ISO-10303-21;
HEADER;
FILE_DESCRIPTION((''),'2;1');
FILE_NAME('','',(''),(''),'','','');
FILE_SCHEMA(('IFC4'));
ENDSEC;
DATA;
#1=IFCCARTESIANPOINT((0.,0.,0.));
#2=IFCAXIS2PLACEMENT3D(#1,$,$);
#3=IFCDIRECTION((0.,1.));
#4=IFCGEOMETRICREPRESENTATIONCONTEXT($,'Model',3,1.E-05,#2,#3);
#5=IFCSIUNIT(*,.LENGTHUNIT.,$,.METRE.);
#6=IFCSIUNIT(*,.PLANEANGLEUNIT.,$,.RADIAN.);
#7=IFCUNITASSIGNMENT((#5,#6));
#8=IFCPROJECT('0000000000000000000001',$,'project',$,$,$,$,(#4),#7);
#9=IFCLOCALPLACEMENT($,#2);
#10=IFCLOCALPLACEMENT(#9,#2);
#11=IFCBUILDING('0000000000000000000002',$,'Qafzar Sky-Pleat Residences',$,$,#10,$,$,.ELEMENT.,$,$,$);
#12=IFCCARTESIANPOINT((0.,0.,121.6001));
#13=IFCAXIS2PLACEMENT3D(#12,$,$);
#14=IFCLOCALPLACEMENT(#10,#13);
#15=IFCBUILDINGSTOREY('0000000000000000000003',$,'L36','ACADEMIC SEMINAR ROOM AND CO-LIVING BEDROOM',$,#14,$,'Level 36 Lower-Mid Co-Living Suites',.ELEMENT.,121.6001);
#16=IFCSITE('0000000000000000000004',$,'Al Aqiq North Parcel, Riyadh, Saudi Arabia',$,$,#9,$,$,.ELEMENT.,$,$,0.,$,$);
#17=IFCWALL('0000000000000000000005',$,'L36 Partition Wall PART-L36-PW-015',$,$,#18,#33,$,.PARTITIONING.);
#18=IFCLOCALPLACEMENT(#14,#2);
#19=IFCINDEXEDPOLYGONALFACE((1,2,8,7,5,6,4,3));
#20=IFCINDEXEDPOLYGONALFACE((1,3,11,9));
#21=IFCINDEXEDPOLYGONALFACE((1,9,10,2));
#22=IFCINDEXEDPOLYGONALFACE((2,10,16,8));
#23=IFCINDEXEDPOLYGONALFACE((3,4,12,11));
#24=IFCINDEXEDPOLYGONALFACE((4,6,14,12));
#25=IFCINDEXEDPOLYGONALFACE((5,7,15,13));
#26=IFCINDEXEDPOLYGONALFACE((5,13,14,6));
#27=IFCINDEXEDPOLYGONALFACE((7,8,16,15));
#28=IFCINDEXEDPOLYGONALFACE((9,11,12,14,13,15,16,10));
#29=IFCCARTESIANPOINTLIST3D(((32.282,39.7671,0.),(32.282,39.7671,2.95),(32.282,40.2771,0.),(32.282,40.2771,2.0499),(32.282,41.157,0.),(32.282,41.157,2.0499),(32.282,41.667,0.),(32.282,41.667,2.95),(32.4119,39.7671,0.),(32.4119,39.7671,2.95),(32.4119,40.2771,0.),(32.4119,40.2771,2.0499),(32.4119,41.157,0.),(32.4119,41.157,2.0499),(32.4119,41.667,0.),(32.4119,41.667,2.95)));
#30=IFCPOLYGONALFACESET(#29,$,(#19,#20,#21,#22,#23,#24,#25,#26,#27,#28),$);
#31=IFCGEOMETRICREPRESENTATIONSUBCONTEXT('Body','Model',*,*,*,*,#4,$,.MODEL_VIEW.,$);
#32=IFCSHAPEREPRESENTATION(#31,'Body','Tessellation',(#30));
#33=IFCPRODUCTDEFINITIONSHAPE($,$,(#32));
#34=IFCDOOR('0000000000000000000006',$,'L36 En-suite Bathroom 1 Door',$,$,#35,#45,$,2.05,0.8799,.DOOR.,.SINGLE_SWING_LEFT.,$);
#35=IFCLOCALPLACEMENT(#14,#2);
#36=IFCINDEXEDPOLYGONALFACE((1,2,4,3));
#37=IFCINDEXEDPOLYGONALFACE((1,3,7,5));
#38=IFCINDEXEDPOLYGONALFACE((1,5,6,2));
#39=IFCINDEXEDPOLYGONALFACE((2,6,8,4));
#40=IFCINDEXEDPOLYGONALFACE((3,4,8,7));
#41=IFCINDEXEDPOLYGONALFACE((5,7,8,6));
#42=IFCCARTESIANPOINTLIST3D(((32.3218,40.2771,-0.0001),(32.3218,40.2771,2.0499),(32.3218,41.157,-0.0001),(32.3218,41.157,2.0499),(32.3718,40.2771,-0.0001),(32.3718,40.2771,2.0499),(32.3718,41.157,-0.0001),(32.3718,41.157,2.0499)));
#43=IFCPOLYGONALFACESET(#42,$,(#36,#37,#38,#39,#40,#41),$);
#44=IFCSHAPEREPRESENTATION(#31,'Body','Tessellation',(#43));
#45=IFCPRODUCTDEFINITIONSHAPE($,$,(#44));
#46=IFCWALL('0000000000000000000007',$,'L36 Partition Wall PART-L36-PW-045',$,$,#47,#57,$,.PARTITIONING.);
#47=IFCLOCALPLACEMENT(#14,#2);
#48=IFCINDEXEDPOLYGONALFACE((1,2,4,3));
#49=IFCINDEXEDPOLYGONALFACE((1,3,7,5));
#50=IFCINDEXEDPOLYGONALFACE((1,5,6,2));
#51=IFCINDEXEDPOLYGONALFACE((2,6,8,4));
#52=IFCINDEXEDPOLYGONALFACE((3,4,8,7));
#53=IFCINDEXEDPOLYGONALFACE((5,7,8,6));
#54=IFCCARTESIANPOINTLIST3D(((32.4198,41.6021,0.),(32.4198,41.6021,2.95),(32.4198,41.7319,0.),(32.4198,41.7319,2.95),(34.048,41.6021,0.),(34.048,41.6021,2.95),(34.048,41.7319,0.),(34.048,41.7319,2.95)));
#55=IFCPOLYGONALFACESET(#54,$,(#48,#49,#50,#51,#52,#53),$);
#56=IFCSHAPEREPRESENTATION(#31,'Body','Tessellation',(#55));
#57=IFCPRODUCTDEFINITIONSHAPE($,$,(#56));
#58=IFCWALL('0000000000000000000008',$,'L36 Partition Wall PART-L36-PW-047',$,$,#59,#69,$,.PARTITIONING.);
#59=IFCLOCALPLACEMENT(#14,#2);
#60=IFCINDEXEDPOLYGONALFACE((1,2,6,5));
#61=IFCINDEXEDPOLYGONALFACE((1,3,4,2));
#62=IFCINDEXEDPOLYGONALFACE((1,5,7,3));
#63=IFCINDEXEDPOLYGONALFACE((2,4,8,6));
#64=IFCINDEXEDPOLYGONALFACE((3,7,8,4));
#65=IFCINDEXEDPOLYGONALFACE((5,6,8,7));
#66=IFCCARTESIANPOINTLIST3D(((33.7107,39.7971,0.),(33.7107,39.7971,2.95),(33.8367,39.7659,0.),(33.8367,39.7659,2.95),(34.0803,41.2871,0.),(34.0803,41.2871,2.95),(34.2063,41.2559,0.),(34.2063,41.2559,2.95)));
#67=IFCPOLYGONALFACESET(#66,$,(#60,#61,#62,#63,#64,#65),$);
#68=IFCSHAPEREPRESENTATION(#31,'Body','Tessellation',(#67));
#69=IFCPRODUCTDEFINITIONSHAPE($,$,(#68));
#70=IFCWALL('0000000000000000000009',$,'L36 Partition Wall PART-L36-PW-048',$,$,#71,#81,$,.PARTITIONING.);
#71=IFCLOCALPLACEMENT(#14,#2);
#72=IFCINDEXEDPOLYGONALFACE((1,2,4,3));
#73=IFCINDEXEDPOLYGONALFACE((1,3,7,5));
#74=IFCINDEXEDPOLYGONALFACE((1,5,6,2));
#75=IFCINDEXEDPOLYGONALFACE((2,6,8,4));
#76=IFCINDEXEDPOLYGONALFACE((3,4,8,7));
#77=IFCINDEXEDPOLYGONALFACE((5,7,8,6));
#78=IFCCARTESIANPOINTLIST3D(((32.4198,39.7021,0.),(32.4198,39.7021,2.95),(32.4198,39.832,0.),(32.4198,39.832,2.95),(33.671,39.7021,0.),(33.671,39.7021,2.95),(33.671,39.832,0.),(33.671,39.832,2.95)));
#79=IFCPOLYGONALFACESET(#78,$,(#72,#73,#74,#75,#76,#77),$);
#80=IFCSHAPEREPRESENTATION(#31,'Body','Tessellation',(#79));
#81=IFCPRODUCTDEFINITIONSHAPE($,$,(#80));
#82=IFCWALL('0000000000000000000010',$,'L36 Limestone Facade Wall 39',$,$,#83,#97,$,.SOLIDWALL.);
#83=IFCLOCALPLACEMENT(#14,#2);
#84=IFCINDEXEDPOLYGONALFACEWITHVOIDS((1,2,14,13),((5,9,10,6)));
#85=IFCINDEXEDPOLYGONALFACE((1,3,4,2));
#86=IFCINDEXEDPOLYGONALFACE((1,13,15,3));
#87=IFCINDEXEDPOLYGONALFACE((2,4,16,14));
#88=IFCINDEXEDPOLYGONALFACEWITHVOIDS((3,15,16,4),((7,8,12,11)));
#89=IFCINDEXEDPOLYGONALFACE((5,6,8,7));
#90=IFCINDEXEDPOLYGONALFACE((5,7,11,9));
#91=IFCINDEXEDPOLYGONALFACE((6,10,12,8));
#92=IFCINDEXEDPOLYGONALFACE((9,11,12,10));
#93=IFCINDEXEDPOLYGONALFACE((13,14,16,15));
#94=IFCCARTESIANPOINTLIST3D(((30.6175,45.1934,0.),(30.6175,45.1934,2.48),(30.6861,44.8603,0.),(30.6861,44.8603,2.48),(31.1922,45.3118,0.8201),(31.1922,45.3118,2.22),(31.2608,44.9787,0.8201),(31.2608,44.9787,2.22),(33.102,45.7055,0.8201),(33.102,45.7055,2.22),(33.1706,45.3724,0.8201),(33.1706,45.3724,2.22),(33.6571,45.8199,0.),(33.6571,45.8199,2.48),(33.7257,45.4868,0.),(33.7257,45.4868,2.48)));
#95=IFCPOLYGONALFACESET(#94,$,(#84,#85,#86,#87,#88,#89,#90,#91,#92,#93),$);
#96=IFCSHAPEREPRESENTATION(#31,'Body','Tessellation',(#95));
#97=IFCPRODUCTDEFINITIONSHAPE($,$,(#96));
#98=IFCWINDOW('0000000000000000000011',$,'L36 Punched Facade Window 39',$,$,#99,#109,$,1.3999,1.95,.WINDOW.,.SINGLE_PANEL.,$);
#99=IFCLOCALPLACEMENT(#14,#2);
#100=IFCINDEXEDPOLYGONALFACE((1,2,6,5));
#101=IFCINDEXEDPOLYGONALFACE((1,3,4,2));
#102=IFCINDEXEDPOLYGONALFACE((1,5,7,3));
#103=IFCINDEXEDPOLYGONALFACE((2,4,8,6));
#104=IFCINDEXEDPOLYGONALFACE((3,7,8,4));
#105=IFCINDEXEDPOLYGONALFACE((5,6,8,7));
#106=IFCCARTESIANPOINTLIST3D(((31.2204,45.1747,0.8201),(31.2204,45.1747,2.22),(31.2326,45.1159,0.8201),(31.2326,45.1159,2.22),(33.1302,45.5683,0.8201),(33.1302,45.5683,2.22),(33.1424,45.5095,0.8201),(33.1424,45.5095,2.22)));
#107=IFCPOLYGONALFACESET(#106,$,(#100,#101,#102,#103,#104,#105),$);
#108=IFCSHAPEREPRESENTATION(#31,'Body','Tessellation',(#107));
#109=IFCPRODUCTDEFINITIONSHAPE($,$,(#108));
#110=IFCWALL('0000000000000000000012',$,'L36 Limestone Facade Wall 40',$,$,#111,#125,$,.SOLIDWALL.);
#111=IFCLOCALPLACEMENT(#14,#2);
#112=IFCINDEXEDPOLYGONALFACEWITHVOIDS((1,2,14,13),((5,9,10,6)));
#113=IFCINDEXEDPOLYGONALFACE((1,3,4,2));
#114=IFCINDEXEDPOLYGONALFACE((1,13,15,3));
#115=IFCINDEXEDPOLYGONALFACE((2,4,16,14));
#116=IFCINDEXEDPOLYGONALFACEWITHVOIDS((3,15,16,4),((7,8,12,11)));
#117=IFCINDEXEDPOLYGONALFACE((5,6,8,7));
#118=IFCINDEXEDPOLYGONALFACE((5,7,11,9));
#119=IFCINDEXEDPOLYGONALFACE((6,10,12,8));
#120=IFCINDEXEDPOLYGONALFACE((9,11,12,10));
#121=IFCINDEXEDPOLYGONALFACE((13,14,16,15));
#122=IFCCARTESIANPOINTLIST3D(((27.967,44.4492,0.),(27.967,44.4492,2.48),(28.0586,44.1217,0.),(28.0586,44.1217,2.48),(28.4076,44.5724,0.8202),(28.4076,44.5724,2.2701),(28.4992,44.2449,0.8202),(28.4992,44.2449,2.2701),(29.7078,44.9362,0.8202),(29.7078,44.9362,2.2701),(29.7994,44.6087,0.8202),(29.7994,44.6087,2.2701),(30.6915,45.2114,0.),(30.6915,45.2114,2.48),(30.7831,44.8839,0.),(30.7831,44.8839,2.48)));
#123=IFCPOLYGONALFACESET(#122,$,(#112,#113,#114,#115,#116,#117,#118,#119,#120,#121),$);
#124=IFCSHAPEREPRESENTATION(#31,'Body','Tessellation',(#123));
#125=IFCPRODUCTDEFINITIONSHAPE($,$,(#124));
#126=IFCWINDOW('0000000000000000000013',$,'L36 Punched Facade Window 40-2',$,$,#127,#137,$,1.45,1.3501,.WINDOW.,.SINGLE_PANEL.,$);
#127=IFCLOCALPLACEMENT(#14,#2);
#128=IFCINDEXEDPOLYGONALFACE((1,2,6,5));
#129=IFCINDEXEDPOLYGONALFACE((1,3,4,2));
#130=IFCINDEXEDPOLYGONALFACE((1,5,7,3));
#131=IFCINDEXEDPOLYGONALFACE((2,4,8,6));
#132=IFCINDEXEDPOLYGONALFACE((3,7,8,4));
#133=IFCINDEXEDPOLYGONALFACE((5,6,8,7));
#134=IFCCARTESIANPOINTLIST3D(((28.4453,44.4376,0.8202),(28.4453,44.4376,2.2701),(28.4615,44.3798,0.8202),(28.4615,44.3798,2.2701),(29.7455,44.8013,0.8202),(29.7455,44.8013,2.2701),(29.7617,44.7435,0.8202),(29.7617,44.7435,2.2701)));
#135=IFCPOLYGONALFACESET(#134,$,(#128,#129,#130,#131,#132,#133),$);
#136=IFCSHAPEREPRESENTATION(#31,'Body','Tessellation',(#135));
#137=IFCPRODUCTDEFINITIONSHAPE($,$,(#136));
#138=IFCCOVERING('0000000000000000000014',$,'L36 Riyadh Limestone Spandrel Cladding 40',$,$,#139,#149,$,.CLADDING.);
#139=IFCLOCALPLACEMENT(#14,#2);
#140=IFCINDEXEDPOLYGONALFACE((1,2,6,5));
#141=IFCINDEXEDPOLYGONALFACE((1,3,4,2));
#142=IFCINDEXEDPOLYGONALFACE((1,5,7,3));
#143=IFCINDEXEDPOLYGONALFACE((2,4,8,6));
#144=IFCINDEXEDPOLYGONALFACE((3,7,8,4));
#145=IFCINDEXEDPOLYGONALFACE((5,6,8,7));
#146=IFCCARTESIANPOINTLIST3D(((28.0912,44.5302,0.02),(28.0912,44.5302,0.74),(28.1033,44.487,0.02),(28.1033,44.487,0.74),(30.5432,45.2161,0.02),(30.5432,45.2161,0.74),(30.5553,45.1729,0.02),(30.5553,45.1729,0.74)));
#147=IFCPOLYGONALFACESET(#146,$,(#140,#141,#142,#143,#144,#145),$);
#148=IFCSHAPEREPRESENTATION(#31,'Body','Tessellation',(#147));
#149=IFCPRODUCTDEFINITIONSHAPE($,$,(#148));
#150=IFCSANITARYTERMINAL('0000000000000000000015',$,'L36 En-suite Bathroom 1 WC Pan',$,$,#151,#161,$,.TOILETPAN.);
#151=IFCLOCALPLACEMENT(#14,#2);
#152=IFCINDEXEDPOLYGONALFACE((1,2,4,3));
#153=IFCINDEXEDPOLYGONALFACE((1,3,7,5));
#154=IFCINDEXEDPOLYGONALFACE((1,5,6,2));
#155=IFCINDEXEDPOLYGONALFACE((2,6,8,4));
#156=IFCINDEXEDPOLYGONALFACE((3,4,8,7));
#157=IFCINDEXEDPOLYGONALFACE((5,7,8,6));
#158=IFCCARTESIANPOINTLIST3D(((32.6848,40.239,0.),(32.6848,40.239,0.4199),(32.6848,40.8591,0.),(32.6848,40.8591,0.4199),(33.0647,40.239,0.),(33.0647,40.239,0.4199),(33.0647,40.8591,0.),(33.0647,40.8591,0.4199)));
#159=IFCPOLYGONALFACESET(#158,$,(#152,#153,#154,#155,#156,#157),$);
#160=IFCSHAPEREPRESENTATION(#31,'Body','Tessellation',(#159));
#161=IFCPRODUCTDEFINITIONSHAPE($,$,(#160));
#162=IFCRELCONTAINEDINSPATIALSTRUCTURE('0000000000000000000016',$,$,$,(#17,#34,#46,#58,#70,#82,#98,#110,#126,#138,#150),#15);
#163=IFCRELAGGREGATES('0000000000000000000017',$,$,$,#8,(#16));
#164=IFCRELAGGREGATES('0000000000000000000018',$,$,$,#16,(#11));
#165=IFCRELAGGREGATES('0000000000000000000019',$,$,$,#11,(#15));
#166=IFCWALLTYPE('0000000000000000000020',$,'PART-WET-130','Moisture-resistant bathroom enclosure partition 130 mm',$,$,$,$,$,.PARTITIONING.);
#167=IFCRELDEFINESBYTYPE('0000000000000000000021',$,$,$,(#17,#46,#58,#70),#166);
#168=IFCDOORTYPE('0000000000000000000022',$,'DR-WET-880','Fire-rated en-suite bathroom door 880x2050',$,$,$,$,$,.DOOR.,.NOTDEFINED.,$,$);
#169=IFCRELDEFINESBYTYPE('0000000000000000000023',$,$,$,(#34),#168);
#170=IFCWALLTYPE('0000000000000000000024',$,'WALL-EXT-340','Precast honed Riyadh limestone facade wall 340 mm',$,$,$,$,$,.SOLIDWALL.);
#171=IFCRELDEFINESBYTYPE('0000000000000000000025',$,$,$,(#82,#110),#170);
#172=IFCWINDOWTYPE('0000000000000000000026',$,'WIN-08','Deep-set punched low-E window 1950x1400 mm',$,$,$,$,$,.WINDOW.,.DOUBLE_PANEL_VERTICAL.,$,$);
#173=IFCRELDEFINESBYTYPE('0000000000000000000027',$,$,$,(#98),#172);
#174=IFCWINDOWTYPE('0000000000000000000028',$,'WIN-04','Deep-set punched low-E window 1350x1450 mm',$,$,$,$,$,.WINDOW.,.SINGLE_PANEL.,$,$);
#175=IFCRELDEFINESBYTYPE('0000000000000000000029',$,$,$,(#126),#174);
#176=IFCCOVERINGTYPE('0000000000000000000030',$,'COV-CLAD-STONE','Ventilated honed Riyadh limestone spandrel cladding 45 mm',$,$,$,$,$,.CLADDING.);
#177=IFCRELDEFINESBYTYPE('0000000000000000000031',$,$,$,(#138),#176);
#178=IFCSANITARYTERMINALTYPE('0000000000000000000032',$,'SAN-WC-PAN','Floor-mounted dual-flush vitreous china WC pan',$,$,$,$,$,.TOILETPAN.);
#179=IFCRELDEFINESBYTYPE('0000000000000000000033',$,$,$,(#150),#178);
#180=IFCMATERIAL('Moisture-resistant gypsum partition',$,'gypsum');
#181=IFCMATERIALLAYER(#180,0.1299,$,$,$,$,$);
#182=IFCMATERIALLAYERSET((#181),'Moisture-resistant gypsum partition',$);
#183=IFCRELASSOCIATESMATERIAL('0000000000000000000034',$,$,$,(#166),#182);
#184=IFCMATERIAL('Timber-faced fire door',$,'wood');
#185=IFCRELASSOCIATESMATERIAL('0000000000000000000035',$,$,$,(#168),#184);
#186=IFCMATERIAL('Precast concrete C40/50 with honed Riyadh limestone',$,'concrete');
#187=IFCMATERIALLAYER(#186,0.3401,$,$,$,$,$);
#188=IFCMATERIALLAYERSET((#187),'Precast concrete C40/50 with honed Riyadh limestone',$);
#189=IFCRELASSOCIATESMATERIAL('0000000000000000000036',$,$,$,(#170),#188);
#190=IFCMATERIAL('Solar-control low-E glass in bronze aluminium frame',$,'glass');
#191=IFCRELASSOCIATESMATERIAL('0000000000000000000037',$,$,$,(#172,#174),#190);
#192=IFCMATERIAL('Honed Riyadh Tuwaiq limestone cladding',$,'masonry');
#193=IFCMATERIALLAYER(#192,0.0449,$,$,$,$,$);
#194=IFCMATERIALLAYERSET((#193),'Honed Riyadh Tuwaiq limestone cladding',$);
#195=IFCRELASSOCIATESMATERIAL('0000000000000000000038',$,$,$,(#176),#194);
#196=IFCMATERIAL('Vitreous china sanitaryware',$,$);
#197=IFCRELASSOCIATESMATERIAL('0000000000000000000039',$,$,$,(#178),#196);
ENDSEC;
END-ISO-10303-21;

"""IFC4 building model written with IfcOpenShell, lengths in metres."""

from ifc_helpers import new_model, si_unit, direction, frame, frame_2d, origin, origin_2d, place, context, subcontext, project, spatial, rectangle, extrude, source, transform, mapped, material, layer, layer_set, type_object, element, fill, save


model = new_model("IFC4")

# Units and contexts
model_context = context("Model", 3, precision=1e-05, world=origin(), true_north=direction((0.0, 1.0)))
body_context = subcontext(model_context, "Body", "Model", "MODEL_VIEW")
ifc_project = project(units=[si_unit("LENGTHUNIT", "METRE"), si_unit("PLANEANGLEUNIT", "RADIAN")], contexts=[model_context])

# Site, building, storey
site_placement = place(None, origin())
site = spatial("IfcSite", under=ifc_project, at=site_placement, Name="Al Aqiq North Parcel, Riyadh, Saudi Arabia", CompositionType="ELEMENT", RefElevation=0.0)
building_placement = place(site_placement, origin())
building = spatial("IfcBuilding", under=site, at=building_placement, Name="Qafzar Sky-Pleat Residences", CompositionType="ELEMENT")
storey_placement = place(building_placement, frame((0.0, 0.0, 121.6001)))
storey = spatial("IfcBuildingStorey", under=building, at=storey_placement, Name="L36", Description="ACADEMIC SEMINAR ROOM AND CO-LIVING BEDROOM", LongName="Level 36 Lower-Mid Co-Living Suites", CompositionType="ELEMENT", Elevation=121.6001)

# Shared definitions
ifc_material_1 = material(Name="Timber-faced fire door", Category="wood")

# Wall, opening, door
ifc_material_2 = material(Name="Moisture-resistant gypsum partition", Category="gypsum")
ifc_layer_1 = layer(ifc_material_2, 0.1299)
ifc_layer_set_1 = layer_set([ifc_layer_1], Name="Moisture-resistant gypsum partition")
wall_type_1 = type_object("IfcWallType", Name="PART-WET-130", Description="Moisture-resistant bathroom enclosure partition 130 mm", PredefinedType="PARTITIONING", material=ifc_layer_set_1)
wall_1_placement = place(storey_placement, frame((32.3469, 41.667, 0.0), z_axis=(0.0, 0.0, 1.0), x_axis=(0.0, -1.0, 0.0)))
wall_1 = element("IfcWall", 1, at=wall_1_placement, inside=storey, type_object=wall_type_1, Name="L36 Partition Wall PART-L36-PW-015", PredefinedType="PARTITIONING", context=body_context, shape_type="SweptSolid", body=[
    extrude(rectangle(XDim=1.8999, YDim=0.1299, at=frame_2d((0.95, 0.0))), origin(), (0.0, 0.0, 1.0), 2.95),
])
opening_1_placement = place(wall_1_placement, frame((0.51, 0.0, 0.0)))
opening_1 = element("IfcOpeningElement", 2, at=opening_1_placement, cuts=wall_1, PredefinedType="OPENING", context=body_context, shape_type="SweptSolid", body=[
    extrude(rectangle(XDim=0.8799, YDim=2.05, at=frame_2d((0.4399, 1.0249))), frame((0.0, 0.075, 0.0), z_axis=(0.0, -1.0, 0.0), x_axis=(1.0, 0.0, 0.0)), (0.0, 0.0, 1.0), 0.1499),
])
door_type_1 = type_object("IfcDoorType", Name="DR-WET-880", Description="Fire-rated en-suite bathroom door 880x2050", OperationType="NOTDEFINED", PredefinedType="DOOR", material=ifc_material_1)
shared_shape_1 = source(origin(), body_context, "Body", "SweptSolid", [
    extrude(rectangle(XDim=0.8799, YDim=2.05, at=frame_2d((0.4399, 1.0249))), frame((0.0, 0.0249, 0.0), z_axis=(0.0, -1.0, 0.0), x_axis=(1.0, 0.0, 0.0)), (0.0, 0.0, 1.0), 0.05),
])
door_1_placement = place(opening_1_placement, origin())
door_1 = element("IfcDoor", 3, at=door_1_placement, inside=storey, type_object=door_type_1, Name="L36 En-suite Bathroom 1 Door", OperationType="SINGLE_SWING_LEFT", OverallHeight=2.05, OverallWidth=0.8799, PredefinedType="DOOR", context=body_context, shape_type="MappedRepresentation", body=[
    mapped(shared_shape_1, transform((0.0, 0.0, 0.0), x_axis=(1.0, 0.0, 0.0), y_axis=(0.0, 1.0, 0.0), z_axis=(0.0, 0.0, 1.0), scale=1.0)),
])
fill(opening_1, door_1)

# Walls
wall_2_placement = place(storey_placement, frame((32.4199, 41.667, 0.0), z_axis=(0.0, 0.0, 1.0), x_axis=(1.0, 0.0, 0.0)))
element("IfcWall", 4, at=wall_2_placement, inside=storey, type_object=wall_type_1, Name="L36 Partition Wall PART-L36-PW-045", PredefinedType="PARTITIONING", context=body_context, shape_type="SweptSolid", body=[
    extrude(rectangle(XDim=1.6282, YDim=0.1299, at=frame_2d((0.814, 0.0))), origin(), (0.0, 0.0, 1.0), 2.95),
])
wall_3_placement = place(storey_placement, frame((33.7737, 39.7815, 0.0), z_axis=(0.0, 0.0, 1.0), x_axis=(0.240777, 0.970581, 0.0)))
element("IfcWall", 5, at=wall_3_placement, inside=storey, type_object=wall_type_1, Name="L36 Partition Wall PART-L36-PW-047", PredefinedType="PARTITIONING", context=body_context, shape_type="SweptSolid", body=[
    extrude(rectangle(XDim=1.5352, YDim=0.1299, at=frame_2d((0.7676, 0.0))), origin(), (0.0, 0.0, 1.0), 2.95),
])
wall_4_placement = place(storey_placement, frame((32.4199, 39.7671, 0.0), z_axis=(0.0, 0.0, 1.0), x_axis=(1.0, 0.0, 0.0)))
element("IfcWall", 6, at=wall_4_placement, inside=storey, type_object=wall_type_1, Name="L36 Partition Wall PART-L36-PW-048", PredefinedType="PARTITIONING", context=body_context, shape_type="SweptSolid", body=[
    extrude(rectangle(XDim=1.2512, YDim=0.1299, at=frame_2d((0.6255, 0.0))), origin(), (0.0, 0.0, 1.0), 2.95),
])

# Walls, openings, windows
ifc_material_3 = material(Name="Precast concrete C40/50 with honed Riyadh limestone", Category="concrete")
ifc_layer_2 = layer(ifc_material_3, 0.3401)
ifc_layer_set_2 = layer_set([ifc_layer_2], Name="Precast concrete C40/50 with honed Riyadh limestone")
wall_type_2 = type_object("IfcWallType", Name="WALL-EXT-340", Description="Precast honed Riyadh limestone facade wall 340 mm", PredefinedType="SOLIDWALL", material=ifc_layer_set_2)
wall_5_placement = place(storey_placement, frame((33.6914, 45.6533, 0.0), z_axis=(0.0, 0.0, 1.0), x_axis=(-0.979414, -0.201862, 0.0)))
wall_5 = element("IfcWall", 7, at=wall_5_placement, inside=storey, type_object=wall_type_2, Name="L36 Limestone Facade Wall 39", PredefinedType="SOLIDWALL", context=body_context, shape_type="SweptSolid", body=[
    extrude(rectangle(XDim=3.1035, YDim=0.3401, at=frame_2d((1.5518, 0.0))), origin(), (0.0, 0.0, 1.0), 2.48),
])
opening_2_placement = place(wall_5_placement, frame((0.5667, 0.0, 0.8201)))
opening_2 = element("IfcOpeningElement", 8, at=opening_2_placement, cuts=wall_5, PredefinedType="OPENING", context=body_context, shape_type="SweptSolid", body=[
    extrude(rectangle(XDim=1.95, YDim=1.3999, at=frame_2d((0.9751, 0.7))), frame((0.0, 0.1802, 0.0), z_axis=(0.0, -1.0, 0.0), x_axis=(1.0, 0.0, 0.0)), (0.0, 0.0, 1.0), 0.3601),
])
ifc_material_4 = material(Name="Solar-control low-E glass in bronze aluminium frame", Category="glass")
window_type_1 = type_object("IfcWindowType", Name="WIN-08", Description="Deep-set punched low-E window 1950x1400 mm", PartitioningType="DOUBLE_PANEL_VERTICAL", PredefinedType="WINDOW", material=ifc_material_4)
shared_shape_2 = source(origin(), body_context, "Body", "SweptSolid", [
    extrude(rectangle(XDim=1.95, YDim=1.3999, at=frame_2d((0.9751, 0.7))), frame((0.0, 0.03, 0.0), z_axis=(0.0, -1.0, 0.0), x_axis=(1.0, 0.0, 0.0)), (0.0, 0.0, 1.0), 0.0601),
])
window_1_placement = place(opening_2_placement, origin())
window_1 = element("IfcWindow", 9, at=window_1_placement, inside=storey, type_object=window_type_1, Name="L36 Punched Facade Window 39", OverallHeight=1.3999, OverallWidth=1.95, PartitioningType="SINGLE_PANEL", PredefinedType="WINDOW", context=body_context, shape_type="MappedRepresentation", body=[
    mapped(shared_shape_2, transform((0.0, 0.0, 0.0), x_axis=(1.0, 0.0, 0.0), y_axis=(0.0, 1.0, 0.0), z_axis=(0.0, 0.0, 1.0), scale=1.0)),
])
fill(opening_2, window_1)
wall_6_placement = place(storey_placement, frame((30.7373, 45.0476, 0.0), z_axis=(0.0, 0.0, 1.0), x_axis=(-0.963027, -0.269406, 0.0)))
wall_6 = element("IfcWall", 10, at=wall_6_placement, inside=storey, type_object=wall_type_2, Name="L36 Limestone Facade Wall 40", PredefinedType="SOLIDWALL", context=body_context, shape_type="SweptSolid", body=[
    extrude(rectangle(XDim=2.8291, YDim=0.3401, at=frame_2d((1.4146, 0.0))), origin(), (0.0, 0.0, 1.0), 2.48),
])
opening_3_placement = place(wall_6_placement, frame((1.0215, 0.0, 0.8201)))
opening_3 = element("IfcOpeningElement", 11, at=opening_3_placement, cuts=wall_6, PredefinedType="OPENING", context=body_context, shape_type="SweptSolid", body=[
    extrude(rectangle(XDim=1.3501, YDim=1.45, at=frame_2d((0.675, 0.7251))), frame((0.0, 0.1802, 0.0), z_axis=(0.0, -1.0, 0.0), x_axis=(1.0, 0.0, 0.0)), (0.0, 0.0, 1.0), 0.3601),
])
window_type_2 = type_object("IfcWindowType", Name="WIN-04", Description="Deep-set punched low-E window 1350x1450 mm", PartitioningType="SINGLE_PANEL", PredefinedType="WINDOW", material=ifc_material_4)
shared_shape_3 = source(origin(), body_context, "Body", "SweptSolid", [
    extrude(rectangle(XDim=1.3501, YDim=1.45, at=frame_2d((0.675, 0.7251))), frame((0.0, 0.03, 0.0), z_axis=(0.0, -1.0, 0.0), x_axis=(1.0, 0.0, 0.0)), (0.0, 0.0, 1.0), 0.0601),
])
window_2_placement = place(opening_3_placement, origin())
window_2 = element("IfcWindow", 12, at=window_2_placement, inside=storey, type_object=window_type_2, Name="L36 Punched Facade Window 40-2", OverallHeight=1.45, OverallWidth=1.3501, PartitioningType="SINGLE_PANEL", PredefinedType="WINDOW", context=body_context, shape_type="MappedRepresentation", body=[
    mapped(shared_shape_3, transform((0.0, 0.0, 0.0), x_axis=(1.0, 0.0, 0.0), y_axis=(0.0, 1.0, 0.0), z_axis=(0.0, 0.0, 1.0), scale=1.0)),
])
fill(opening_3, window_2)

# Covering
ifc_material_5 = material(Name="Honed Riyadh Tuwaiq limestone cladding", Category="masonry")
ifc_layer_3 = layer(ifc_material_5, 0.0449)
ifc_layer_set_3 = layer_set([ifc_layer_3], Name="Honed Riyadh Tuwaiq limestone cladding")
covering_type = type_object("IfcCoveringType", Name="COV-CLAD-STONE", Description="Ventilated honed Riyadh limestone spandrel cladding 45 mm", PredefinedType="CLADDING", material=ifc_layer_set_3)
shared_shape_4 = source(origin(), body_context, "Body", "SweptSolid", [
    extrude(rectangle(XDim=2.5461, YDim=0.0449, at=origin_2d()), origin(), (0.0, 0.0, 1.0), 0.72),
])
covering_placement = place(storey_placement, frame((29.3232, 44.8516, 0.02), z_axis=(0.0, 0.0, 1.0), x_axis=(-0.963031, -0.26939, 0.0)))
element("IfcCovering", 13, at=covering_placement, inside=storey, type_object=covering_type, Name="L36 Riyadh Limestone Spandrel Cladding 40", PredefinedType="CLADDING", context=body_context, shape_type="MappedRepresentation", body=[
    mapped(shared_shape_4, transform((0.0, 0.0, 0.0), x_axis=(1.0, 0.0, 0.0), y_axis=(0.0, 1.0, 0.0), z_axis=(0.0, 0.0, 1.0), scale=1.0)),
])

# Sanitary terminal
ifc_material_6 = material(Name="Vitreous china sanitaryware")
sanitary_terminal_type_1 = type_object("IfcSanitaryTerminalType", Name="SAN-WC-PAN", Description="Floor-mounted dual-flush vitreous china WC pan", PredefinedType="TOILETPAN", material=ifc_material_6)
shared_shape_5 = source(origin(), body_context, "Body", "SweptSolid", [
    extrude(rectangle(XDim=0.3799, YDim=0.6201, at=origin_2d()), origin(), (0.0, 0.0, 1.0), 0.4199),
])
sanitary_terminal_1_placement = place(storey_placement, frame((32.8748, 40.5491, 0.0), z_axis=(0.0, 0.0, 1.0), x_axis=(1.0, 0.0, 0.0)))
element("IfcSanitaryTerminal", 14, at=sanitary_terminal_1_placement, inside=storey, type_object=sanitary_terminal_type_1, Name="L36 En-suite Bathroom 1 WC Pan", PredefinedType="TOILETPAN", context=body_context, shape_type="MappedRepresentation", body=[
    mapped(shared_shape_5, transform((0.0, 0.0, 0.0), x_axis=(1.0, 0.0, 0.0), y_axis=(0.0, 1.0, 0.0), z_axis=(0.0, 0.0, 1.0), scale=1.0)),
])

save(model, "model.ifc")
